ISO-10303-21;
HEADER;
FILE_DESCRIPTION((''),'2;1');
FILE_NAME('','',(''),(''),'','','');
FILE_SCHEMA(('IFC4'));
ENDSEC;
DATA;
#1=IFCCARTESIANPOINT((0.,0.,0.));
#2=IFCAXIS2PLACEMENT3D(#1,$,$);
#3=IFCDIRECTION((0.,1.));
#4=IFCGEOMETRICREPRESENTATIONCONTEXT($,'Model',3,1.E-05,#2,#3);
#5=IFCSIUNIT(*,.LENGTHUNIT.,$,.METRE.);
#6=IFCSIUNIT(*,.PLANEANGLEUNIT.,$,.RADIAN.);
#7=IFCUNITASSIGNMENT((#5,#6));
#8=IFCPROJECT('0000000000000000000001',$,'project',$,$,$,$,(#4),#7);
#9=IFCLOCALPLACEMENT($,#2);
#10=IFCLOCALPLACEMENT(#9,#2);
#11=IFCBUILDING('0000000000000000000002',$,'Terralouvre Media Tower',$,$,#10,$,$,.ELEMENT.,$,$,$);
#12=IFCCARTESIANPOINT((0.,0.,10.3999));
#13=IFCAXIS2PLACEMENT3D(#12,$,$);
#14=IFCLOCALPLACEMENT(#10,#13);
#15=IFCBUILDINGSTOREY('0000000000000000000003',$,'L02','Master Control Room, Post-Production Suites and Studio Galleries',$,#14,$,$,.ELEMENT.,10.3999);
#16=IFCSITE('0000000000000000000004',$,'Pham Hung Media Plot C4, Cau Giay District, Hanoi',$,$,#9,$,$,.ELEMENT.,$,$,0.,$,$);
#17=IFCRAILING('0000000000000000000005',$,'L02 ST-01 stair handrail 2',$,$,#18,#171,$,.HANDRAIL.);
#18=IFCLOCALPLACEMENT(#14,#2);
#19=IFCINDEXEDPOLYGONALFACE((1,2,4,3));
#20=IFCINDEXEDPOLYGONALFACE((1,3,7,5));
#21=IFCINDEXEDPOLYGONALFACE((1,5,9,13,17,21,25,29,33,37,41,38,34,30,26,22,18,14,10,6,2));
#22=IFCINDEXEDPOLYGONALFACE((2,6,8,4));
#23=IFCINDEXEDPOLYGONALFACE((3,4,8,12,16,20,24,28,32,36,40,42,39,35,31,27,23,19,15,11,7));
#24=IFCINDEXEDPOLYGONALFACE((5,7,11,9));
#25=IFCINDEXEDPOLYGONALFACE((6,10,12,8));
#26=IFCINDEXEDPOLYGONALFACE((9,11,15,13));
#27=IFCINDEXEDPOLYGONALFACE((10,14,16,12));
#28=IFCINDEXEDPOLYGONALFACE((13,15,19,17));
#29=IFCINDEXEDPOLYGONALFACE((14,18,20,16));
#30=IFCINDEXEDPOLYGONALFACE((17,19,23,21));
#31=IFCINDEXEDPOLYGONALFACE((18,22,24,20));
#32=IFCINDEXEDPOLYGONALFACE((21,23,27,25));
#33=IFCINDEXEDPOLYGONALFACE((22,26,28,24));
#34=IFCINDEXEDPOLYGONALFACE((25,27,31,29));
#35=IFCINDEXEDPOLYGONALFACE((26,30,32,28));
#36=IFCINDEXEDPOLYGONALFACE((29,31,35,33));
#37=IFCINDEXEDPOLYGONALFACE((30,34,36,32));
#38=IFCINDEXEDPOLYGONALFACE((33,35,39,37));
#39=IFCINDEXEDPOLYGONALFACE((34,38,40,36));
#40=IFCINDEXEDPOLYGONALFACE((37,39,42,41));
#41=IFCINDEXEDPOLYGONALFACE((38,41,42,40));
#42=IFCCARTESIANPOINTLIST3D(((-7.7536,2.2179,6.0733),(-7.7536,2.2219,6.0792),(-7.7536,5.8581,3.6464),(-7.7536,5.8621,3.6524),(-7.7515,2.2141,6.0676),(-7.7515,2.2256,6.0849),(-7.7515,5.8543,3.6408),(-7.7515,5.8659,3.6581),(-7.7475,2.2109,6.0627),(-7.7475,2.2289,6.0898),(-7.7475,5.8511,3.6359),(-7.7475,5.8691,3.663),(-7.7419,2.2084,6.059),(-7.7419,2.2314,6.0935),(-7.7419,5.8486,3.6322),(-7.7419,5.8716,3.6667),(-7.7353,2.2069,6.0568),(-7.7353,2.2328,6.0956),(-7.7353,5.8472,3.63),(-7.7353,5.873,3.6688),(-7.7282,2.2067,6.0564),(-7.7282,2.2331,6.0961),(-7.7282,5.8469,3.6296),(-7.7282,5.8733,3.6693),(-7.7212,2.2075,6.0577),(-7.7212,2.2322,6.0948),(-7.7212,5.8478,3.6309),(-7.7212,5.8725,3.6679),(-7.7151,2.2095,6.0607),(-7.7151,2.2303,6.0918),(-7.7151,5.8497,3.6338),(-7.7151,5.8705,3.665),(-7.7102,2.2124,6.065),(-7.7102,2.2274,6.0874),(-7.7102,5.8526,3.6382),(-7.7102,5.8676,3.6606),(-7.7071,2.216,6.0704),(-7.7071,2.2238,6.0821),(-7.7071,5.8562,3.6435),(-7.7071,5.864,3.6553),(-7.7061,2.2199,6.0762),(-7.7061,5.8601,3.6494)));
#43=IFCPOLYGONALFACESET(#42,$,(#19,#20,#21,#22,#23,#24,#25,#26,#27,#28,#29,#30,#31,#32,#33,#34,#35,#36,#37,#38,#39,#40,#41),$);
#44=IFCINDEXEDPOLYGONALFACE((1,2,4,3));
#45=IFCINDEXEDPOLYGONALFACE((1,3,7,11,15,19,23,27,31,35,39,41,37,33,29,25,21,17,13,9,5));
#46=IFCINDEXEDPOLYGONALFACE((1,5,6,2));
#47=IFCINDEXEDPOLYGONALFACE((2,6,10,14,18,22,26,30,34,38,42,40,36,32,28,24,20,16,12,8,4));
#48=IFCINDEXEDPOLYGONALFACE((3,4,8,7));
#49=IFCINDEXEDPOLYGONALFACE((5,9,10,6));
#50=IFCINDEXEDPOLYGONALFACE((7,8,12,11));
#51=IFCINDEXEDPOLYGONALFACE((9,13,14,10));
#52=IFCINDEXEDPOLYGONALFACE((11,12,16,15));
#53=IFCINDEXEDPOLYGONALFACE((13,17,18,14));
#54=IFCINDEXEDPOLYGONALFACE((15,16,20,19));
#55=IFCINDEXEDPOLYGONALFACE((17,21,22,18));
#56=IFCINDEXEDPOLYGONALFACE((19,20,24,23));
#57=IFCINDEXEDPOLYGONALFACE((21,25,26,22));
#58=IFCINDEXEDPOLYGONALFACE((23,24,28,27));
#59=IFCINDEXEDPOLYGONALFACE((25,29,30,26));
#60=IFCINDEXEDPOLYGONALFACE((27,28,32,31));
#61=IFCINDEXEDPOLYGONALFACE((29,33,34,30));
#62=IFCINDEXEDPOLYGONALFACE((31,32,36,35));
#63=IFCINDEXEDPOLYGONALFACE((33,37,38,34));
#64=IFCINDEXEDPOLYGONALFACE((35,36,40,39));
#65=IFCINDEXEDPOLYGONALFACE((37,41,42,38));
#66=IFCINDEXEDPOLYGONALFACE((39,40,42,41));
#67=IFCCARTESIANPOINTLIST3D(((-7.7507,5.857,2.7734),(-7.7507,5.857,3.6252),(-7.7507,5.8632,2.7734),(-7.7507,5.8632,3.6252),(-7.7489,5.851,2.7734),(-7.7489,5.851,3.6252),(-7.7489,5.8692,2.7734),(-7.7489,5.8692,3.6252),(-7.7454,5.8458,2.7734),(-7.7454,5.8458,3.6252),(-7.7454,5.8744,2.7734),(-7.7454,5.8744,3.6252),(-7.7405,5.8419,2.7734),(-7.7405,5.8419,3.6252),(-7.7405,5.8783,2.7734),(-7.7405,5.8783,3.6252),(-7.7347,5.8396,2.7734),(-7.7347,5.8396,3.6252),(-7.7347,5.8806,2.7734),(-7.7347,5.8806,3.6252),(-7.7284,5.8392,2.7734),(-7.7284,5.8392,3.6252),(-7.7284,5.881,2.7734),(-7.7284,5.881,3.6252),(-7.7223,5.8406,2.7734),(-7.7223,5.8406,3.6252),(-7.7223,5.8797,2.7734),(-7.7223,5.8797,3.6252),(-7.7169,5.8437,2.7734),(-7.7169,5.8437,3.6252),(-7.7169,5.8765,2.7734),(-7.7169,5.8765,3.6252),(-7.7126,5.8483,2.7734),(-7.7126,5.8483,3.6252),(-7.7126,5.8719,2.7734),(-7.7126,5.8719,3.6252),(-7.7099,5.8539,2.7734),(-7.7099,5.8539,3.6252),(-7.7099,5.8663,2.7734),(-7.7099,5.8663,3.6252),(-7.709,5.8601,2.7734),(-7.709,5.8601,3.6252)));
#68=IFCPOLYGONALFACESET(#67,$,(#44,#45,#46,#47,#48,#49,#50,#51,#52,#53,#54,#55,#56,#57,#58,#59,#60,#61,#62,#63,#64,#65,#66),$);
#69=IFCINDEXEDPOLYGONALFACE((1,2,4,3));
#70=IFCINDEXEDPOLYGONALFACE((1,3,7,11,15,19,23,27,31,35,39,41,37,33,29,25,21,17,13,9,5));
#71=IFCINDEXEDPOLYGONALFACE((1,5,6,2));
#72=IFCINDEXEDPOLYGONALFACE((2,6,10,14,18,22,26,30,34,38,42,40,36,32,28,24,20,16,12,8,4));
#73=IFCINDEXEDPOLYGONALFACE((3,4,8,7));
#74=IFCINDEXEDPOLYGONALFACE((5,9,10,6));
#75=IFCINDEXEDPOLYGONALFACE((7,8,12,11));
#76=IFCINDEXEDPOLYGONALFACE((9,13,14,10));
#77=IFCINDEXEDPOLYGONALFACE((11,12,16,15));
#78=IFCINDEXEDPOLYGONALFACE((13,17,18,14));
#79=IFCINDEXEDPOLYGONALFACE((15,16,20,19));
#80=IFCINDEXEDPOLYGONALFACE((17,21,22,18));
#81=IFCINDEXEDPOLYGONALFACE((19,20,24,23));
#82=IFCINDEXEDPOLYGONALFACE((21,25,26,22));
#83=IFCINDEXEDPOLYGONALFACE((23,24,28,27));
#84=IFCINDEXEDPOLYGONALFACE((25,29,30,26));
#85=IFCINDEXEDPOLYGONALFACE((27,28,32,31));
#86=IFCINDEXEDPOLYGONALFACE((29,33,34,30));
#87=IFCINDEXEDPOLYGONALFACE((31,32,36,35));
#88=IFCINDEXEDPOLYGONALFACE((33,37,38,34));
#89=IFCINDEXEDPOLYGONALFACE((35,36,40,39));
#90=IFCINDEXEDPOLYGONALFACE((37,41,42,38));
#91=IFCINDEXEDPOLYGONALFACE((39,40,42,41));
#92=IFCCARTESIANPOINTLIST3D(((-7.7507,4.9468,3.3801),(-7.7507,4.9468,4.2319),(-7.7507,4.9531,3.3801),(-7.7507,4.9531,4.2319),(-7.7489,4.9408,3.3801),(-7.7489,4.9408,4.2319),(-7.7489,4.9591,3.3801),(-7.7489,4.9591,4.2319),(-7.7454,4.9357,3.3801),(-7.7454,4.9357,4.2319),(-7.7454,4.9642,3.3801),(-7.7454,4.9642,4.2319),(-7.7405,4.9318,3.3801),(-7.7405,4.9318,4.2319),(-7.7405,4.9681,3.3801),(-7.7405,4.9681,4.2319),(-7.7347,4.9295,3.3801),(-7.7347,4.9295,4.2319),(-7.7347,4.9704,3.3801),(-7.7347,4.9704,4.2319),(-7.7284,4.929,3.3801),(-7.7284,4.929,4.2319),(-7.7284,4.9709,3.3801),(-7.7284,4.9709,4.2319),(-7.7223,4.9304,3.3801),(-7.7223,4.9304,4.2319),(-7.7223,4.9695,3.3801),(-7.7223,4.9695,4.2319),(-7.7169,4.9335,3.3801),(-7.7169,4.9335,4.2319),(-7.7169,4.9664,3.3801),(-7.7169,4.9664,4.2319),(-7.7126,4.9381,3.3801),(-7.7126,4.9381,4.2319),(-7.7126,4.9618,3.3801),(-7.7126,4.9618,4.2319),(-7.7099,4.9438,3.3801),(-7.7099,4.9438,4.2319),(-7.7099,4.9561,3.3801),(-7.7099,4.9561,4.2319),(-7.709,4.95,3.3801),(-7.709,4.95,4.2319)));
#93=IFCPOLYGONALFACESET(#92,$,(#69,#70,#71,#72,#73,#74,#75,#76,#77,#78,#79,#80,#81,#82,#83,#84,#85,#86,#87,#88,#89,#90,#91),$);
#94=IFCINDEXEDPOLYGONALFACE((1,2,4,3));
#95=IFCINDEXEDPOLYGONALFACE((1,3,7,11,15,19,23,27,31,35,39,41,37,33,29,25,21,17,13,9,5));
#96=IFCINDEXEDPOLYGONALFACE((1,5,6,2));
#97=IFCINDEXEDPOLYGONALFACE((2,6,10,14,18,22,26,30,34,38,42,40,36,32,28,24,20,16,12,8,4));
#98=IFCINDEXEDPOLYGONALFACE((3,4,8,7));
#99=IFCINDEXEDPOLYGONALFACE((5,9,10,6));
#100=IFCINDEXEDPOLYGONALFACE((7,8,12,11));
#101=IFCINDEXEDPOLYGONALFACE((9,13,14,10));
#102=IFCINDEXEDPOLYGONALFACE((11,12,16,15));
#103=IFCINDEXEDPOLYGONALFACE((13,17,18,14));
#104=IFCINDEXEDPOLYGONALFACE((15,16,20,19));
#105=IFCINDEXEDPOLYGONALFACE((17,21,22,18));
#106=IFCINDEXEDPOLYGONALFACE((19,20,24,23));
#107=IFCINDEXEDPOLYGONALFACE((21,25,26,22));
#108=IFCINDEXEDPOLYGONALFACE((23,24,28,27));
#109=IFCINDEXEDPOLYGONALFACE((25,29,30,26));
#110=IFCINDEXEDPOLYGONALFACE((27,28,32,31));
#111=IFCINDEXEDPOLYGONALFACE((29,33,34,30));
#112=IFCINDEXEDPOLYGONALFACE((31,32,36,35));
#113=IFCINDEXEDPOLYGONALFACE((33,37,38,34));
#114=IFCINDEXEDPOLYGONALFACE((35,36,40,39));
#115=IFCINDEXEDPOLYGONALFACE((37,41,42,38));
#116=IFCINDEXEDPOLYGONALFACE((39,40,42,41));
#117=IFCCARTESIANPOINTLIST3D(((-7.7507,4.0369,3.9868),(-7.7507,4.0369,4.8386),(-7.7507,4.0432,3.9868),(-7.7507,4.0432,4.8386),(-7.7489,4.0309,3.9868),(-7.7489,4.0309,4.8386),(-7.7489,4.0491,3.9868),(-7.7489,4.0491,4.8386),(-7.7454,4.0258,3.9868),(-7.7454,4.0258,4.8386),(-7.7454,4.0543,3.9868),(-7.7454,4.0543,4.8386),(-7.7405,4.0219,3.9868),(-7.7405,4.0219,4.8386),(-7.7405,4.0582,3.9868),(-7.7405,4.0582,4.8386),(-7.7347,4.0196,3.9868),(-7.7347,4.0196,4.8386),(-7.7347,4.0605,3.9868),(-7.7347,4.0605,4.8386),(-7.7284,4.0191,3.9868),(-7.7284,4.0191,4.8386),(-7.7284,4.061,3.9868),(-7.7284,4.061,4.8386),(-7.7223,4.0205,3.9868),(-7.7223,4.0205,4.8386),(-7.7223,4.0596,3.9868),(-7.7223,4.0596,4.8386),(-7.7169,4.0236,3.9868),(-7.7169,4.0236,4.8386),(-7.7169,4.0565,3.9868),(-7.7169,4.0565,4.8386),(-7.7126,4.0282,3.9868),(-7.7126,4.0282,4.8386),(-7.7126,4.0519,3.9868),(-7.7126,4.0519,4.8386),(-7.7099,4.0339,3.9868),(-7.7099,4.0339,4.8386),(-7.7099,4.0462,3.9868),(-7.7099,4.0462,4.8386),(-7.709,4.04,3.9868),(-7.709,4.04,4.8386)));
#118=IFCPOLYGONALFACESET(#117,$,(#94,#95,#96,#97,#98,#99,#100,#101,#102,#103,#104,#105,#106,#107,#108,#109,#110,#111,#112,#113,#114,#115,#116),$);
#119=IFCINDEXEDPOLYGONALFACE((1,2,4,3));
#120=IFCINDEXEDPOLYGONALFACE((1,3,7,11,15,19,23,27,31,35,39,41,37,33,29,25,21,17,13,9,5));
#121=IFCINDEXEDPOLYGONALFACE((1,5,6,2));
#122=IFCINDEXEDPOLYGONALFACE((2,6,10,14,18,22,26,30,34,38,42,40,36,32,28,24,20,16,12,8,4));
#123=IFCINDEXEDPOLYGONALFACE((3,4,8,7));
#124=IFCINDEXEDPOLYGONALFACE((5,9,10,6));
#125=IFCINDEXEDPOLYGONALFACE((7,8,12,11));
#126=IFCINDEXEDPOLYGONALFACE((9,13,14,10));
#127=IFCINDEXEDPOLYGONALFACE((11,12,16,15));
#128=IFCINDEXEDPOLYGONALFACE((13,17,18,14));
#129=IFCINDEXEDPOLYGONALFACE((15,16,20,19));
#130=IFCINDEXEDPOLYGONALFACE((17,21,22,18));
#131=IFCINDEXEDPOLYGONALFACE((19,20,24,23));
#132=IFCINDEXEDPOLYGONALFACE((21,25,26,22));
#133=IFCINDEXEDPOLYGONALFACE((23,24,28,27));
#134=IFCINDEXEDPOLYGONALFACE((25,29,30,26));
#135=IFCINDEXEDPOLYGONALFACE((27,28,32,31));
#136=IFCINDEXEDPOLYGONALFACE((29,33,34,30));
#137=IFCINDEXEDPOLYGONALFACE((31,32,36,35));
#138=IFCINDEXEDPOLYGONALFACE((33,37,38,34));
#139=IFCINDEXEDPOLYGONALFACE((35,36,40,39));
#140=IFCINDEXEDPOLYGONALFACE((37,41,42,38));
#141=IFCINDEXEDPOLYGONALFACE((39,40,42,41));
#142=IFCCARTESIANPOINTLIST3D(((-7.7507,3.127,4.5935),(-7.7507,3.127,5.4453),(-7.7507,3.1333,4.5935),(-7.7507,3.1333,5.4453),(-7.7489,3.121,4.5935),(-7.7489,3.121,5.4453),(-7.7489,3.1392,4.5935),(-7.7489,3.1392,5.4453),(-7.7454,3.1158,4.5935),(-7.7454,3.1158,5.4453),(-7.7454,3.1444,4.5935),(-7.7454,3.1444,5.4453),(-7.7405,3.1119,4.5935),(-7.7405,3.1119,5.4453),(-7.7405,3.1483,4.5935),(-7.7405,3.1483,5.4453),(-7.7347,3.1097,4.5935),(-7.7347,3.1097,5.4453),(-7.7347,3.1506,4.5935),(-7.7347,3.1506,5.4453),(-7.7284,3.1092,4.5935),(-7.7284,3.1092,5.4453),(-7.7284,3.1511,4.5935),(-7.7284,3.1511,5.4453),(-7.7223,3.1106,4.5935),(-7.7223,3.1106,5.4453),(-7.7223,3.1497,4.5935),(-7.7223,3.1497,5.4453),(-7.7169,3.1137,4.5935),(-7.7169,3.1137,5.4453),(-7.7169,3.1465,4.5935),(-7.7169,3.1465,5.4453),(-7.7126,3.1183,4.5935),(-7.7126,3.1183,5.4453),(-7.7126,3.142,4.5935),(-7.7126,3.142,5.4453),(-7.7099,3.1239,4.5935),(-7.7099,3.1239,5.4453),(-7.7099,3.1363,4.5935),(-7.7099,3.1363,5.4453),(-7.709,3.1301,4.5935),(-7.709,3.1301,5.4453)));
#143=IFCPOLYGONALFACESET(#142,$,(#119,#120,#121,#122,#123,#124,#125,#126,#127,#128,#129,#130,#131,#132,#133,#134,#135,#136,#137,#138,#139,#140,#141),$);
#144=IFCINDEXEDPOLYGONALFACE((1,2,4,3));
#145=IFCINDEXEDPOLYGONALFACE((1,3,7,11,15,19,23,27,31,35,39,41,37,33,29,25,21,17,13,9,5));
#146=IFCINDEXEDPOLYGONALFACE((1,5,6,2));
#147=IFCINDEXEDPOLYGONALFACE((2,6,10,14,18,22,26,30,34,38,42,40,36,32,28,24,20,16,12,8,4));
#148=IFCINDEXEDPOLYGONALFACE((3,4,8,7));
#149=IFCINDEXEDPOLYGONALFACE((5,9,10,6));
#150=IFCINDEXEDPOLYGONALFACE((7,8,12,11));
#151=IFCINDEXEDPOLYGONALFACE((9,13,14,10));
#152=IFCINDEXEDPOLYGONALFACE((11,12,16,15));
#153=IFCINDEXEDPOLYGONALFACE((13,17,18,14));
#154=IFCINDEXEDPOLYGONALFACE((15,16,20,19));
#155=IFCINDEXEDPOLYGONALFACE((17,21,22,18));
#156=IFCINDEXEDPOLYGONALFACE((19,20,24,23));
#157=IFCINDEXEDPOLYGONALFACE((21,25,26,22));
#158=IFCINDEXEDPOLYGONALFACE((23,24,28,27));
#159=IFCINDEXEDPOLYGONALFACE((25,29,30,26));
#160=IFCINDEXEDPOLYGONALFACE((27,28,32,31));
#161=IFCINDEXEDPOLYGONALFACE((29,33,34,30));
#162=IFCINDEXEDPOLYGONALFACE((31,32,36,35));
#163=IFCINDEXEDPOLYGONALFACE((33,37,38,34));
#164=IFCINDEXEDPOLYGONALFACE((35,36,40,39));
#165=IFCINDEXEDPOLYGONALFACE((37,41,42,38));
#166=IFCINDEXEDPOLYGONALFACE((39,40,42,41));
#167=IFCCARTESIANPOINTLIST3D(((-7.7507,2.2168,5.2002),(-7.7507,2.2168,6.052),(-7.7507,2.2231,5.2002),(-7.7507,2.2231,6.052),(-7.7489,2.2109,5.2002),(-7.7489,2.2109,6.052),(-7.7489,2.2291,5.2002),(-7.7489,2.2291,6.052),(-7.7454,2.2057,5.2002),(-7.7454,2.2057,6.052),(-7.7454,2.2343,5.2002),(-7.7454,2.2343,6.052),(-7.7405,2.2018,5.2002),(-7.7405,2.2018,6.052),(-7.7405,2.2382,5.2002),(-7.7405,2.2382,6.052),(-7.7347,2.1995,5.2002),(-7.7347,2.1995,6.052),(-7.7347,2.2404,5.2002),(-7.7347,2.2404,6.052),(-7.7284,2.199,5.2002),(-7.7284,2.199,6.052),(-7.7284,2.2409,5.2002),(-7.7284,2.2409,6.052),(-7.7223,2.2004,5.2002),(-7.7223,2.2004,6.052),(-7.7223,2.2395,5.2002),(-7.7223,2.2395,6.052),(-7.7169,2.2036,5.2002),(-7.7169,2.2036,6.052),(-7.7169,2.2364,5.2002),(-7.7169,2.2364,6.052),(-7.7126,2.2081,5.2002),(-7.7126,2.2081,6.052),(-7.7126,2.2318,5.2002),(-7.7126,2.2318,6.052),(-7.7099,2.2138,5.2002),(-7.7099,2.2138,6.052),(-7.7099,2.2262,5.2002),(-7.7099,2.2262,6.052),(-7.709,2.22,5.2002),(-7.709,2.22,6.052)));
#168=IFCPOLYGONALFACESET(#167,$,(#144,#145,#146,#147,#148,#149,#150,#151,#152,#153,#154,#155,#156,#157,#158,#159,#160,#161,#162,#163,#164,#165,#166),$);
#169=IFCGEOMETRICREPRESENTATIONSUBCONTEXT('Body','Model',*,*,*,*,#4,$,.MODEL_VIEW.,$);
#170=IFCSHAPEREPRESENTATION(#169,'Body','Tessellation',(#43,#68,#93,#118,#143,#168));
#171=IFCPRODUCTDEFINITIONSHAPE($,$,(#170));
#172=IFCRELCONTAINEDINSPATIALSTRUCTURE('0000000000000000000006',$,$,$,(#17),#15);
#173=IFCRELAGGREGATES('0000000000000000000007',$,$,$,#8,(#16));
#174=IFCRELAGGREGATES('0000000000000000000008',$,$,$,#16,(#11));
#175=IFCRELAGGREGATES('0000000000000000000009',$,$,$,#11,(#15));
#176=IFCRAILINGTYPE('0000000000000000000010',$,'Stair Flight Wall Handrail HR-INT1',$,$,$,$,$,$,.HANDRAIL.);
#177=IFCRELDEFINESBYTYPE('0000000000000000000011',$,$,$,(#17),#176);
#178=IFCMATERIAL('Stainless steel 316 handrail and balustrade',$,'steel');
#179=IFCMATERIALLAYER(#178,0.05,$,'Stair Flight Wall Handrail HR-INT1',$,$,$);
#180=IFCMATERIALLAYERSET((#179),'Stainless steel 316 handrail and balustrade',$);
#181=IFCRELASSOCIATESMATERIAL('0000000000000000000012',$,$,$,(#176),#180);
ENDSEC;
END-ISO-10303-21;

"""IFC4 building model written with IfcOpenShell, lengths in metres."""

from ifc_helpers import new_model, si_unit, direction, frame, origin, origin_2d, place, context, subcontext, project, spatial, circle, extrude, material, layer, layer_set, type_object, element, save


model = new_model("IFC4")

# Units and contexts
model_context = context("Model", 3, precision=1e-05, world=origin(), true_north=direction((0.0, 1.0)))
body_context = subcontext(model_context, "Body", "Model", "MODEL_VIEW")
ifc_project = project(units=[si_unit("LENGTHUNIT", "METRE"), si_unit("PLANEANGLEUNIT", "RADIAN")], contexts=[model_context])

# Site, building, storey
site_placement = place(None, origin())
site = spatial("IfcSite", under=ifc_project, at=site_placement, Name="Pham Hung Media Plot C4, Cau Giay District, Hanoi", CompositionType="ELEMENT", RefElevation=0.0)
building_placement = place(site_placement, origin())
building = spatial("IfcBuilding", under=site, at=building_placement, Name="Terralouvre Media Tower", CompositionType="ELEMENT")
storey_placement = place(building_placement, frame((0.0, 0.0, 10.3999)))
storey = spatial("IfcBuildingStorey", under=building, at=storey_placement, Name="L02", Description="Master Control Room, Post-Production Suites and Studio Galleries", CompositionType="ELEMENT", Elevation=10.3999)

# Railing
ifc_material_1 = material(Name="Stainless steel 316 handrail and balustrade", Category="steel")
ifc_layer_1 = layer(ifc_material_1, 0.05, Name="Stair Flight Wall Handrail HR-INT1")
ifc_layer_set_1 = layer_set([ifc_layer_1], Name="Stainless steel 316 handrail and balustrade")
railing_type_1 = type_object("IfcRailingType", Name="Stair Flight Wall Handrail HR-INT1", PredefinedType="HANDRAIL", material=ifc_layer_set_1)
railing_1_placement = place(storey_placement, frame((-7.73, 5.8601, 2.7734)))
element("IfcRailing", 1, at=railing_1_placement, inside=storey, type_object=railing_type_1, Name="L02 ST-01 stair handrail 2", PredefinedType="HANDRAIL", context=body_context, shape_type="SweptSolid", body=[
    extrude(circle(Radius=0.0239, at=origin_2d()), frame((0.0, 0.0, 0.876), z_axis=(0.0, -0.83205, 0.5547), x_axis=(1.0, 0.0, 0.0)), (0.0, 0.0, 1.0), 4.375),
    extrude(circle(Radius=0.021, at=origin_2d()), origin(), (0.0, 0.0, 1.0), 0.8518),
    extrude(circle(Radius=0.021, at=origin_2d()), frame((0.0, -0.9102, 0.6067)), (0.0, 0.0, 1.0), 0.8518),
    extrude(circle(Radius=0.021, at=origin_2d()), frame((0.0, -1.8201, 1.2134)), (0.0, 0.0, 1.0), 0.8518),
    extrude(circle(Radius=0.021, at=origin_2d()), frame((0.0, -2.73, 1.8201)), (0.0, 0.0, 1.0), 0.8518),
    extrude(circle(Radius=0.021, at=origin_2d()), frame((0.0, -3.6401, 2.4268)), (0.0, 0.0, 1.0), 0.8518),
])

save(model, "model.ifc")
